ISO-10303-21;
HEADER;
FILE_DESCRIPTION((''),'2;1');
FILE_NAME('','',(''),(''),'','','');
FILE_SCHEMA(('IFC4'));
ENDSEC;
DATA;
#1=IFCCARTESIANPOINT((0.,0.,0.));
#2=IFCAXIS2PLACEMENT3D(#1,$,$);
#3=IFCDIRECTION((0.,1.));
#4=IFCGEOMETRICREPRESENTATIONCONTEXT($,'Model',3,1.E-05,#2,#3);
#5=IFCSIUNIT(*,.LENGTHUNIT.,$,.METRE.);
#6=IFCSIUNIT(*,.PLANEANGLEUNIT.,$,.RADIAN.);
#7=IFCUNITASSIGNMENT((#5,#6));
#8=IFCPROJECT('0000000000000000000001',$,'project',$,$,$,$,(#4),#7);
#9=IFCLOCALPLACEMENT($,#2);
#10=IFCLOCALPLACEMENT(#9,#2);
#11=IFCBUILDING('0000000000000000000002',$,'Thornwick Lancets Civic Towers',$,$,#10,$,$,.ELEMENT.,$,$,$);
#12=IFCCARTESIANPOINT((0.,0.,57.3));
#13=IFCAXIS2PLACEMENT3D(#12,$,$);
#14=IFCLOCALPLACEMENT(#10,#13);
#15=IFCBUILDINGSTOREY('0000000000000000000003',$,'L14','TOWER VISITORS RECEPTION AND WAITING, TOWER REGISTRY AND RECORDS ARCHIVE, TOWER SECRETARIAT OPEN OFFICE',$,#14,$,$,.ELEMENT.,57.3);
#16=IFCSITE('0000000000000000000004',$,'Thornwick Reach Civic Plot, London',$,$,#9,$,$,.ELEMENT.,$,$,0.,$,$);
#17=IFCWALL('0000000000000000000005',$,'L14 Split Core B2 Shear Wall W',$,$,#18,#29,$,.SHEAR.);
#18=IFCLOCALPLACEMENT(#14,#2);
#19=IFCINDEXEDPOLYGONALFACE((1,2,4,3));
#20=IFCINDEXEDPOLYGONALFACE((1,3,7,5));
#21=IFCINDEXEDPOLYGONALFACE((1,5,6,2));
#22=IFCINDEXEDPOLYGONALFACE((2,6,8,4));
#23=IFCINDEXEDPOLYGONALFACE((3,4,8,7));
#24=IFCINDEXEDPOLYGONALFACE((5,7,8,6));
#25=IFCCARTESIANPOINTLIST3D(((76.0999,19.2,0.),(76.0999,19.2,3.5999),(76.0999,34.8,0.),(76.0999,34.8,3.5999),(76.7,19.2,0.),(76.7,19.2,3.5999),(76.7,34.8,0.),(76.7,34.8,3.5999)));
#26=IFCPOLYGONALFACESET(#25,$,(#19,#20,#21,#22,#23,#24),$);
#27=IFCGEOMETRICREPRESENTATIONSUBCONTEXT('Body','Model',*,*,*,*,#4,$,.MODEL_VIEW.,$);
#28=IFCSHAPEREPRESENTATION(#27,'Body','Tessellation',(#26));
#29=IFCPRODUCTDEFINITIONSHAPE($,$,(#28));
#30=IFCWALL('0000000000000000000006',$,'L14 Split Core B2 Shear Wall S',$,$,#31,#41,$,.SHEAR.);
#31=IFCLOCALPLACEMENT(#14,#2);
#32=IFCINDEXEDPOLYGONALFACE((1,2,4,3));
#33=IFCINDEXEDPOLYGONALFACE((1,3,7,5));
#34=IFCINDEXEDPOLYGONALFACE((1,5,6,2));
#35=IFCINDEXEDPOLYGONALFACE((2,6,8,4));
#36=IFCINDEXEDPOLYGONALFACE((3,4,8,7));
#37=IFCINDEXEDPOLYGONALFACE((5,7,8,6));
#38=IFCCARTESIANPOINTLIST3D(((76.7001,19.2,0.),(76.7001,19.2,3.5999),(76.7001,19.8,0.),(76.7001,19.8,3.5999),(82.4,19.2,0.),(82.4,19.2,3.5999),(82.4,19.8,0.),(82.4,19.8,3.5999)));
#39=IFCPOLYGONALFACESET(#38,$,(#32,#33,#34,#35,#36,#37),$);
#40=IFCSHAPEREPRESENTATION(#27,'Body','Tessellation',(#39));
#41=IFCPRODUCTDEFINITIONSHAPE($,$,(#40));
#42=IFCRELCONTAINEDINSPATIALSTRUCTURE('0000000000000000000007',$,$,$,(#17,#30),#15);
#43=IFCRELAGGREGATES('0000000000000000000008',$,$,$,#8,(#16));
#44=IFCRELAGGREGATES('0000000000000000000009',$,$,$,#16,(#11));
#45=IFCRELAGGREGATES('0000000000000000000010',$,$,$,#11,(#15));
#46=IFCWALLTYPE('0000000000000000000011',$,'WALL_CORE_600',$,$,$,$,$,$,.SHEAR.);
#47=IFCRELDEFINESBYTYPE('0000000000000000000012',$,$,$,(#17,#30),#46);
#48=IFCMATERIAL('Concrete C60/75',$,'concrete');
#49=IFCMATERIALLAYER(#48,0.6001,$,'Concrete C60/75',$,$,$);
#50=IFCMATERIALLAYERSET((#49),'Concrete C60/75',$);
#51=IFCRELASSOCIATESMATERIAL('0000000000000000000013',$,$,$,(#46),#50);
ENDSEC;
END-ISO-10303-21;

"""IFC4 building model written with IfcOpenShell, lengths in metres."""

from ifc_helpers import new_model, si_unit, direction, frame, frame_2d, origin, place, context, subcontext, project, spatial, rectangle, extrude, material, layer, layer_set, type_object, element, save


model = new_model("IFC4")

# Units and contexts
model_context = context("Model", 3, precision=1e-05, world=origin(), true_north=direction((0.0, 1.0)))
body_context = subcontext(model_context, "Body", "Model", "MODEL_VIEW")
ifc_project = project(units=[si_unit("LENGTHUNIT", "METRE"), si_unit("PLANEANGLEUNIT", "RADIAN")], contexts=[model_context])

# Site, building, storey
site_placement = place(None, origin())
site = spatial("IfcSite", under=ifc_project, at=site_placement, Name="Thornwick Reach Civic Plot, London", CompositionType="ELEMENT", RefElevation=0.0)
building_placement = place(site_placement, origin())
building = spatial("IfcBuilding", under=site, at=building_placement, Name="Thornwick Lancets Civic Towers", CompositionType="ELEMENT")
storey_placement = place(building_placement, frame((0.0, 0.0, 57.3)))
storey = spatial("IfcBuildingStorey", under=building, at=storey_placement, Name="L14", Description="TOWER VISITORS RECEPTION AND WAITING, TOWER REGISTRY AND RECORDS ARCHIVE, TOWER SECRETARIAT OPEN OFFICE", CompositionType="ELEMENT", Elevation=57.3)

# Shared definitions
ifc_material_1 = material(Name="Concrete C60/75", Category="concrete")

# Walls
ifc_layer_1 = layer(ifc_material_1, 0.6001, Name="Concrete C60/75")
ifc_layer_set_1 = layer_set([ifc_layer_1], Name="Concrete C60/75")
wall_type_1 = type_object("IfcWallType", Name="WALL_CORE_600", PredefinedType="SHEAR", material=ifc_layer_set_1)
wall_1_placement = place(storey_placement, frame((76.3999, 19.2, 0.0), z_axis=(0.0, 0.0, 1.0), x_axis=(0.0, 1.0, 0.0)))
element("IfcWall", 1, at=wall_1_placement, inside=storey, type_object=wall_type_1, Name="L14 Split Core B2 Shear Wall W", PredefinedType="SHEAR", context=body_context, shape_type="SweptSolid", body=[
    extrude(rectangle(XDim=15.6001, YDim=0.6001, at=frame_2d((7.8, 0.0))), origin(), (0.0, 0.0, 1.0), 3.5999),
])
wall_2_placement = place(storey_placement, frame((76.7, 19.5, 0.0), z_axis=(0.0, 0.0, 1.0), x_axis=(1.0, 0.0, 0.0)))
element("IfcWall", 2, at=wall_2_placement, inside=storey, type_object=wall_type_1, Name="L14 Split Core B2 Shear Wall S", PredefinedType="SHEAR", context=body_context, shape_type="SweptSolid", body=[
    extrude(rectangle(XDim=5.7, YDim=0.6001, at=frame_2d((2.8501, 0.0))), origin(), (0.0, 0.0, 1.0), 3.5999),
])

save(model, "model.ifc")
